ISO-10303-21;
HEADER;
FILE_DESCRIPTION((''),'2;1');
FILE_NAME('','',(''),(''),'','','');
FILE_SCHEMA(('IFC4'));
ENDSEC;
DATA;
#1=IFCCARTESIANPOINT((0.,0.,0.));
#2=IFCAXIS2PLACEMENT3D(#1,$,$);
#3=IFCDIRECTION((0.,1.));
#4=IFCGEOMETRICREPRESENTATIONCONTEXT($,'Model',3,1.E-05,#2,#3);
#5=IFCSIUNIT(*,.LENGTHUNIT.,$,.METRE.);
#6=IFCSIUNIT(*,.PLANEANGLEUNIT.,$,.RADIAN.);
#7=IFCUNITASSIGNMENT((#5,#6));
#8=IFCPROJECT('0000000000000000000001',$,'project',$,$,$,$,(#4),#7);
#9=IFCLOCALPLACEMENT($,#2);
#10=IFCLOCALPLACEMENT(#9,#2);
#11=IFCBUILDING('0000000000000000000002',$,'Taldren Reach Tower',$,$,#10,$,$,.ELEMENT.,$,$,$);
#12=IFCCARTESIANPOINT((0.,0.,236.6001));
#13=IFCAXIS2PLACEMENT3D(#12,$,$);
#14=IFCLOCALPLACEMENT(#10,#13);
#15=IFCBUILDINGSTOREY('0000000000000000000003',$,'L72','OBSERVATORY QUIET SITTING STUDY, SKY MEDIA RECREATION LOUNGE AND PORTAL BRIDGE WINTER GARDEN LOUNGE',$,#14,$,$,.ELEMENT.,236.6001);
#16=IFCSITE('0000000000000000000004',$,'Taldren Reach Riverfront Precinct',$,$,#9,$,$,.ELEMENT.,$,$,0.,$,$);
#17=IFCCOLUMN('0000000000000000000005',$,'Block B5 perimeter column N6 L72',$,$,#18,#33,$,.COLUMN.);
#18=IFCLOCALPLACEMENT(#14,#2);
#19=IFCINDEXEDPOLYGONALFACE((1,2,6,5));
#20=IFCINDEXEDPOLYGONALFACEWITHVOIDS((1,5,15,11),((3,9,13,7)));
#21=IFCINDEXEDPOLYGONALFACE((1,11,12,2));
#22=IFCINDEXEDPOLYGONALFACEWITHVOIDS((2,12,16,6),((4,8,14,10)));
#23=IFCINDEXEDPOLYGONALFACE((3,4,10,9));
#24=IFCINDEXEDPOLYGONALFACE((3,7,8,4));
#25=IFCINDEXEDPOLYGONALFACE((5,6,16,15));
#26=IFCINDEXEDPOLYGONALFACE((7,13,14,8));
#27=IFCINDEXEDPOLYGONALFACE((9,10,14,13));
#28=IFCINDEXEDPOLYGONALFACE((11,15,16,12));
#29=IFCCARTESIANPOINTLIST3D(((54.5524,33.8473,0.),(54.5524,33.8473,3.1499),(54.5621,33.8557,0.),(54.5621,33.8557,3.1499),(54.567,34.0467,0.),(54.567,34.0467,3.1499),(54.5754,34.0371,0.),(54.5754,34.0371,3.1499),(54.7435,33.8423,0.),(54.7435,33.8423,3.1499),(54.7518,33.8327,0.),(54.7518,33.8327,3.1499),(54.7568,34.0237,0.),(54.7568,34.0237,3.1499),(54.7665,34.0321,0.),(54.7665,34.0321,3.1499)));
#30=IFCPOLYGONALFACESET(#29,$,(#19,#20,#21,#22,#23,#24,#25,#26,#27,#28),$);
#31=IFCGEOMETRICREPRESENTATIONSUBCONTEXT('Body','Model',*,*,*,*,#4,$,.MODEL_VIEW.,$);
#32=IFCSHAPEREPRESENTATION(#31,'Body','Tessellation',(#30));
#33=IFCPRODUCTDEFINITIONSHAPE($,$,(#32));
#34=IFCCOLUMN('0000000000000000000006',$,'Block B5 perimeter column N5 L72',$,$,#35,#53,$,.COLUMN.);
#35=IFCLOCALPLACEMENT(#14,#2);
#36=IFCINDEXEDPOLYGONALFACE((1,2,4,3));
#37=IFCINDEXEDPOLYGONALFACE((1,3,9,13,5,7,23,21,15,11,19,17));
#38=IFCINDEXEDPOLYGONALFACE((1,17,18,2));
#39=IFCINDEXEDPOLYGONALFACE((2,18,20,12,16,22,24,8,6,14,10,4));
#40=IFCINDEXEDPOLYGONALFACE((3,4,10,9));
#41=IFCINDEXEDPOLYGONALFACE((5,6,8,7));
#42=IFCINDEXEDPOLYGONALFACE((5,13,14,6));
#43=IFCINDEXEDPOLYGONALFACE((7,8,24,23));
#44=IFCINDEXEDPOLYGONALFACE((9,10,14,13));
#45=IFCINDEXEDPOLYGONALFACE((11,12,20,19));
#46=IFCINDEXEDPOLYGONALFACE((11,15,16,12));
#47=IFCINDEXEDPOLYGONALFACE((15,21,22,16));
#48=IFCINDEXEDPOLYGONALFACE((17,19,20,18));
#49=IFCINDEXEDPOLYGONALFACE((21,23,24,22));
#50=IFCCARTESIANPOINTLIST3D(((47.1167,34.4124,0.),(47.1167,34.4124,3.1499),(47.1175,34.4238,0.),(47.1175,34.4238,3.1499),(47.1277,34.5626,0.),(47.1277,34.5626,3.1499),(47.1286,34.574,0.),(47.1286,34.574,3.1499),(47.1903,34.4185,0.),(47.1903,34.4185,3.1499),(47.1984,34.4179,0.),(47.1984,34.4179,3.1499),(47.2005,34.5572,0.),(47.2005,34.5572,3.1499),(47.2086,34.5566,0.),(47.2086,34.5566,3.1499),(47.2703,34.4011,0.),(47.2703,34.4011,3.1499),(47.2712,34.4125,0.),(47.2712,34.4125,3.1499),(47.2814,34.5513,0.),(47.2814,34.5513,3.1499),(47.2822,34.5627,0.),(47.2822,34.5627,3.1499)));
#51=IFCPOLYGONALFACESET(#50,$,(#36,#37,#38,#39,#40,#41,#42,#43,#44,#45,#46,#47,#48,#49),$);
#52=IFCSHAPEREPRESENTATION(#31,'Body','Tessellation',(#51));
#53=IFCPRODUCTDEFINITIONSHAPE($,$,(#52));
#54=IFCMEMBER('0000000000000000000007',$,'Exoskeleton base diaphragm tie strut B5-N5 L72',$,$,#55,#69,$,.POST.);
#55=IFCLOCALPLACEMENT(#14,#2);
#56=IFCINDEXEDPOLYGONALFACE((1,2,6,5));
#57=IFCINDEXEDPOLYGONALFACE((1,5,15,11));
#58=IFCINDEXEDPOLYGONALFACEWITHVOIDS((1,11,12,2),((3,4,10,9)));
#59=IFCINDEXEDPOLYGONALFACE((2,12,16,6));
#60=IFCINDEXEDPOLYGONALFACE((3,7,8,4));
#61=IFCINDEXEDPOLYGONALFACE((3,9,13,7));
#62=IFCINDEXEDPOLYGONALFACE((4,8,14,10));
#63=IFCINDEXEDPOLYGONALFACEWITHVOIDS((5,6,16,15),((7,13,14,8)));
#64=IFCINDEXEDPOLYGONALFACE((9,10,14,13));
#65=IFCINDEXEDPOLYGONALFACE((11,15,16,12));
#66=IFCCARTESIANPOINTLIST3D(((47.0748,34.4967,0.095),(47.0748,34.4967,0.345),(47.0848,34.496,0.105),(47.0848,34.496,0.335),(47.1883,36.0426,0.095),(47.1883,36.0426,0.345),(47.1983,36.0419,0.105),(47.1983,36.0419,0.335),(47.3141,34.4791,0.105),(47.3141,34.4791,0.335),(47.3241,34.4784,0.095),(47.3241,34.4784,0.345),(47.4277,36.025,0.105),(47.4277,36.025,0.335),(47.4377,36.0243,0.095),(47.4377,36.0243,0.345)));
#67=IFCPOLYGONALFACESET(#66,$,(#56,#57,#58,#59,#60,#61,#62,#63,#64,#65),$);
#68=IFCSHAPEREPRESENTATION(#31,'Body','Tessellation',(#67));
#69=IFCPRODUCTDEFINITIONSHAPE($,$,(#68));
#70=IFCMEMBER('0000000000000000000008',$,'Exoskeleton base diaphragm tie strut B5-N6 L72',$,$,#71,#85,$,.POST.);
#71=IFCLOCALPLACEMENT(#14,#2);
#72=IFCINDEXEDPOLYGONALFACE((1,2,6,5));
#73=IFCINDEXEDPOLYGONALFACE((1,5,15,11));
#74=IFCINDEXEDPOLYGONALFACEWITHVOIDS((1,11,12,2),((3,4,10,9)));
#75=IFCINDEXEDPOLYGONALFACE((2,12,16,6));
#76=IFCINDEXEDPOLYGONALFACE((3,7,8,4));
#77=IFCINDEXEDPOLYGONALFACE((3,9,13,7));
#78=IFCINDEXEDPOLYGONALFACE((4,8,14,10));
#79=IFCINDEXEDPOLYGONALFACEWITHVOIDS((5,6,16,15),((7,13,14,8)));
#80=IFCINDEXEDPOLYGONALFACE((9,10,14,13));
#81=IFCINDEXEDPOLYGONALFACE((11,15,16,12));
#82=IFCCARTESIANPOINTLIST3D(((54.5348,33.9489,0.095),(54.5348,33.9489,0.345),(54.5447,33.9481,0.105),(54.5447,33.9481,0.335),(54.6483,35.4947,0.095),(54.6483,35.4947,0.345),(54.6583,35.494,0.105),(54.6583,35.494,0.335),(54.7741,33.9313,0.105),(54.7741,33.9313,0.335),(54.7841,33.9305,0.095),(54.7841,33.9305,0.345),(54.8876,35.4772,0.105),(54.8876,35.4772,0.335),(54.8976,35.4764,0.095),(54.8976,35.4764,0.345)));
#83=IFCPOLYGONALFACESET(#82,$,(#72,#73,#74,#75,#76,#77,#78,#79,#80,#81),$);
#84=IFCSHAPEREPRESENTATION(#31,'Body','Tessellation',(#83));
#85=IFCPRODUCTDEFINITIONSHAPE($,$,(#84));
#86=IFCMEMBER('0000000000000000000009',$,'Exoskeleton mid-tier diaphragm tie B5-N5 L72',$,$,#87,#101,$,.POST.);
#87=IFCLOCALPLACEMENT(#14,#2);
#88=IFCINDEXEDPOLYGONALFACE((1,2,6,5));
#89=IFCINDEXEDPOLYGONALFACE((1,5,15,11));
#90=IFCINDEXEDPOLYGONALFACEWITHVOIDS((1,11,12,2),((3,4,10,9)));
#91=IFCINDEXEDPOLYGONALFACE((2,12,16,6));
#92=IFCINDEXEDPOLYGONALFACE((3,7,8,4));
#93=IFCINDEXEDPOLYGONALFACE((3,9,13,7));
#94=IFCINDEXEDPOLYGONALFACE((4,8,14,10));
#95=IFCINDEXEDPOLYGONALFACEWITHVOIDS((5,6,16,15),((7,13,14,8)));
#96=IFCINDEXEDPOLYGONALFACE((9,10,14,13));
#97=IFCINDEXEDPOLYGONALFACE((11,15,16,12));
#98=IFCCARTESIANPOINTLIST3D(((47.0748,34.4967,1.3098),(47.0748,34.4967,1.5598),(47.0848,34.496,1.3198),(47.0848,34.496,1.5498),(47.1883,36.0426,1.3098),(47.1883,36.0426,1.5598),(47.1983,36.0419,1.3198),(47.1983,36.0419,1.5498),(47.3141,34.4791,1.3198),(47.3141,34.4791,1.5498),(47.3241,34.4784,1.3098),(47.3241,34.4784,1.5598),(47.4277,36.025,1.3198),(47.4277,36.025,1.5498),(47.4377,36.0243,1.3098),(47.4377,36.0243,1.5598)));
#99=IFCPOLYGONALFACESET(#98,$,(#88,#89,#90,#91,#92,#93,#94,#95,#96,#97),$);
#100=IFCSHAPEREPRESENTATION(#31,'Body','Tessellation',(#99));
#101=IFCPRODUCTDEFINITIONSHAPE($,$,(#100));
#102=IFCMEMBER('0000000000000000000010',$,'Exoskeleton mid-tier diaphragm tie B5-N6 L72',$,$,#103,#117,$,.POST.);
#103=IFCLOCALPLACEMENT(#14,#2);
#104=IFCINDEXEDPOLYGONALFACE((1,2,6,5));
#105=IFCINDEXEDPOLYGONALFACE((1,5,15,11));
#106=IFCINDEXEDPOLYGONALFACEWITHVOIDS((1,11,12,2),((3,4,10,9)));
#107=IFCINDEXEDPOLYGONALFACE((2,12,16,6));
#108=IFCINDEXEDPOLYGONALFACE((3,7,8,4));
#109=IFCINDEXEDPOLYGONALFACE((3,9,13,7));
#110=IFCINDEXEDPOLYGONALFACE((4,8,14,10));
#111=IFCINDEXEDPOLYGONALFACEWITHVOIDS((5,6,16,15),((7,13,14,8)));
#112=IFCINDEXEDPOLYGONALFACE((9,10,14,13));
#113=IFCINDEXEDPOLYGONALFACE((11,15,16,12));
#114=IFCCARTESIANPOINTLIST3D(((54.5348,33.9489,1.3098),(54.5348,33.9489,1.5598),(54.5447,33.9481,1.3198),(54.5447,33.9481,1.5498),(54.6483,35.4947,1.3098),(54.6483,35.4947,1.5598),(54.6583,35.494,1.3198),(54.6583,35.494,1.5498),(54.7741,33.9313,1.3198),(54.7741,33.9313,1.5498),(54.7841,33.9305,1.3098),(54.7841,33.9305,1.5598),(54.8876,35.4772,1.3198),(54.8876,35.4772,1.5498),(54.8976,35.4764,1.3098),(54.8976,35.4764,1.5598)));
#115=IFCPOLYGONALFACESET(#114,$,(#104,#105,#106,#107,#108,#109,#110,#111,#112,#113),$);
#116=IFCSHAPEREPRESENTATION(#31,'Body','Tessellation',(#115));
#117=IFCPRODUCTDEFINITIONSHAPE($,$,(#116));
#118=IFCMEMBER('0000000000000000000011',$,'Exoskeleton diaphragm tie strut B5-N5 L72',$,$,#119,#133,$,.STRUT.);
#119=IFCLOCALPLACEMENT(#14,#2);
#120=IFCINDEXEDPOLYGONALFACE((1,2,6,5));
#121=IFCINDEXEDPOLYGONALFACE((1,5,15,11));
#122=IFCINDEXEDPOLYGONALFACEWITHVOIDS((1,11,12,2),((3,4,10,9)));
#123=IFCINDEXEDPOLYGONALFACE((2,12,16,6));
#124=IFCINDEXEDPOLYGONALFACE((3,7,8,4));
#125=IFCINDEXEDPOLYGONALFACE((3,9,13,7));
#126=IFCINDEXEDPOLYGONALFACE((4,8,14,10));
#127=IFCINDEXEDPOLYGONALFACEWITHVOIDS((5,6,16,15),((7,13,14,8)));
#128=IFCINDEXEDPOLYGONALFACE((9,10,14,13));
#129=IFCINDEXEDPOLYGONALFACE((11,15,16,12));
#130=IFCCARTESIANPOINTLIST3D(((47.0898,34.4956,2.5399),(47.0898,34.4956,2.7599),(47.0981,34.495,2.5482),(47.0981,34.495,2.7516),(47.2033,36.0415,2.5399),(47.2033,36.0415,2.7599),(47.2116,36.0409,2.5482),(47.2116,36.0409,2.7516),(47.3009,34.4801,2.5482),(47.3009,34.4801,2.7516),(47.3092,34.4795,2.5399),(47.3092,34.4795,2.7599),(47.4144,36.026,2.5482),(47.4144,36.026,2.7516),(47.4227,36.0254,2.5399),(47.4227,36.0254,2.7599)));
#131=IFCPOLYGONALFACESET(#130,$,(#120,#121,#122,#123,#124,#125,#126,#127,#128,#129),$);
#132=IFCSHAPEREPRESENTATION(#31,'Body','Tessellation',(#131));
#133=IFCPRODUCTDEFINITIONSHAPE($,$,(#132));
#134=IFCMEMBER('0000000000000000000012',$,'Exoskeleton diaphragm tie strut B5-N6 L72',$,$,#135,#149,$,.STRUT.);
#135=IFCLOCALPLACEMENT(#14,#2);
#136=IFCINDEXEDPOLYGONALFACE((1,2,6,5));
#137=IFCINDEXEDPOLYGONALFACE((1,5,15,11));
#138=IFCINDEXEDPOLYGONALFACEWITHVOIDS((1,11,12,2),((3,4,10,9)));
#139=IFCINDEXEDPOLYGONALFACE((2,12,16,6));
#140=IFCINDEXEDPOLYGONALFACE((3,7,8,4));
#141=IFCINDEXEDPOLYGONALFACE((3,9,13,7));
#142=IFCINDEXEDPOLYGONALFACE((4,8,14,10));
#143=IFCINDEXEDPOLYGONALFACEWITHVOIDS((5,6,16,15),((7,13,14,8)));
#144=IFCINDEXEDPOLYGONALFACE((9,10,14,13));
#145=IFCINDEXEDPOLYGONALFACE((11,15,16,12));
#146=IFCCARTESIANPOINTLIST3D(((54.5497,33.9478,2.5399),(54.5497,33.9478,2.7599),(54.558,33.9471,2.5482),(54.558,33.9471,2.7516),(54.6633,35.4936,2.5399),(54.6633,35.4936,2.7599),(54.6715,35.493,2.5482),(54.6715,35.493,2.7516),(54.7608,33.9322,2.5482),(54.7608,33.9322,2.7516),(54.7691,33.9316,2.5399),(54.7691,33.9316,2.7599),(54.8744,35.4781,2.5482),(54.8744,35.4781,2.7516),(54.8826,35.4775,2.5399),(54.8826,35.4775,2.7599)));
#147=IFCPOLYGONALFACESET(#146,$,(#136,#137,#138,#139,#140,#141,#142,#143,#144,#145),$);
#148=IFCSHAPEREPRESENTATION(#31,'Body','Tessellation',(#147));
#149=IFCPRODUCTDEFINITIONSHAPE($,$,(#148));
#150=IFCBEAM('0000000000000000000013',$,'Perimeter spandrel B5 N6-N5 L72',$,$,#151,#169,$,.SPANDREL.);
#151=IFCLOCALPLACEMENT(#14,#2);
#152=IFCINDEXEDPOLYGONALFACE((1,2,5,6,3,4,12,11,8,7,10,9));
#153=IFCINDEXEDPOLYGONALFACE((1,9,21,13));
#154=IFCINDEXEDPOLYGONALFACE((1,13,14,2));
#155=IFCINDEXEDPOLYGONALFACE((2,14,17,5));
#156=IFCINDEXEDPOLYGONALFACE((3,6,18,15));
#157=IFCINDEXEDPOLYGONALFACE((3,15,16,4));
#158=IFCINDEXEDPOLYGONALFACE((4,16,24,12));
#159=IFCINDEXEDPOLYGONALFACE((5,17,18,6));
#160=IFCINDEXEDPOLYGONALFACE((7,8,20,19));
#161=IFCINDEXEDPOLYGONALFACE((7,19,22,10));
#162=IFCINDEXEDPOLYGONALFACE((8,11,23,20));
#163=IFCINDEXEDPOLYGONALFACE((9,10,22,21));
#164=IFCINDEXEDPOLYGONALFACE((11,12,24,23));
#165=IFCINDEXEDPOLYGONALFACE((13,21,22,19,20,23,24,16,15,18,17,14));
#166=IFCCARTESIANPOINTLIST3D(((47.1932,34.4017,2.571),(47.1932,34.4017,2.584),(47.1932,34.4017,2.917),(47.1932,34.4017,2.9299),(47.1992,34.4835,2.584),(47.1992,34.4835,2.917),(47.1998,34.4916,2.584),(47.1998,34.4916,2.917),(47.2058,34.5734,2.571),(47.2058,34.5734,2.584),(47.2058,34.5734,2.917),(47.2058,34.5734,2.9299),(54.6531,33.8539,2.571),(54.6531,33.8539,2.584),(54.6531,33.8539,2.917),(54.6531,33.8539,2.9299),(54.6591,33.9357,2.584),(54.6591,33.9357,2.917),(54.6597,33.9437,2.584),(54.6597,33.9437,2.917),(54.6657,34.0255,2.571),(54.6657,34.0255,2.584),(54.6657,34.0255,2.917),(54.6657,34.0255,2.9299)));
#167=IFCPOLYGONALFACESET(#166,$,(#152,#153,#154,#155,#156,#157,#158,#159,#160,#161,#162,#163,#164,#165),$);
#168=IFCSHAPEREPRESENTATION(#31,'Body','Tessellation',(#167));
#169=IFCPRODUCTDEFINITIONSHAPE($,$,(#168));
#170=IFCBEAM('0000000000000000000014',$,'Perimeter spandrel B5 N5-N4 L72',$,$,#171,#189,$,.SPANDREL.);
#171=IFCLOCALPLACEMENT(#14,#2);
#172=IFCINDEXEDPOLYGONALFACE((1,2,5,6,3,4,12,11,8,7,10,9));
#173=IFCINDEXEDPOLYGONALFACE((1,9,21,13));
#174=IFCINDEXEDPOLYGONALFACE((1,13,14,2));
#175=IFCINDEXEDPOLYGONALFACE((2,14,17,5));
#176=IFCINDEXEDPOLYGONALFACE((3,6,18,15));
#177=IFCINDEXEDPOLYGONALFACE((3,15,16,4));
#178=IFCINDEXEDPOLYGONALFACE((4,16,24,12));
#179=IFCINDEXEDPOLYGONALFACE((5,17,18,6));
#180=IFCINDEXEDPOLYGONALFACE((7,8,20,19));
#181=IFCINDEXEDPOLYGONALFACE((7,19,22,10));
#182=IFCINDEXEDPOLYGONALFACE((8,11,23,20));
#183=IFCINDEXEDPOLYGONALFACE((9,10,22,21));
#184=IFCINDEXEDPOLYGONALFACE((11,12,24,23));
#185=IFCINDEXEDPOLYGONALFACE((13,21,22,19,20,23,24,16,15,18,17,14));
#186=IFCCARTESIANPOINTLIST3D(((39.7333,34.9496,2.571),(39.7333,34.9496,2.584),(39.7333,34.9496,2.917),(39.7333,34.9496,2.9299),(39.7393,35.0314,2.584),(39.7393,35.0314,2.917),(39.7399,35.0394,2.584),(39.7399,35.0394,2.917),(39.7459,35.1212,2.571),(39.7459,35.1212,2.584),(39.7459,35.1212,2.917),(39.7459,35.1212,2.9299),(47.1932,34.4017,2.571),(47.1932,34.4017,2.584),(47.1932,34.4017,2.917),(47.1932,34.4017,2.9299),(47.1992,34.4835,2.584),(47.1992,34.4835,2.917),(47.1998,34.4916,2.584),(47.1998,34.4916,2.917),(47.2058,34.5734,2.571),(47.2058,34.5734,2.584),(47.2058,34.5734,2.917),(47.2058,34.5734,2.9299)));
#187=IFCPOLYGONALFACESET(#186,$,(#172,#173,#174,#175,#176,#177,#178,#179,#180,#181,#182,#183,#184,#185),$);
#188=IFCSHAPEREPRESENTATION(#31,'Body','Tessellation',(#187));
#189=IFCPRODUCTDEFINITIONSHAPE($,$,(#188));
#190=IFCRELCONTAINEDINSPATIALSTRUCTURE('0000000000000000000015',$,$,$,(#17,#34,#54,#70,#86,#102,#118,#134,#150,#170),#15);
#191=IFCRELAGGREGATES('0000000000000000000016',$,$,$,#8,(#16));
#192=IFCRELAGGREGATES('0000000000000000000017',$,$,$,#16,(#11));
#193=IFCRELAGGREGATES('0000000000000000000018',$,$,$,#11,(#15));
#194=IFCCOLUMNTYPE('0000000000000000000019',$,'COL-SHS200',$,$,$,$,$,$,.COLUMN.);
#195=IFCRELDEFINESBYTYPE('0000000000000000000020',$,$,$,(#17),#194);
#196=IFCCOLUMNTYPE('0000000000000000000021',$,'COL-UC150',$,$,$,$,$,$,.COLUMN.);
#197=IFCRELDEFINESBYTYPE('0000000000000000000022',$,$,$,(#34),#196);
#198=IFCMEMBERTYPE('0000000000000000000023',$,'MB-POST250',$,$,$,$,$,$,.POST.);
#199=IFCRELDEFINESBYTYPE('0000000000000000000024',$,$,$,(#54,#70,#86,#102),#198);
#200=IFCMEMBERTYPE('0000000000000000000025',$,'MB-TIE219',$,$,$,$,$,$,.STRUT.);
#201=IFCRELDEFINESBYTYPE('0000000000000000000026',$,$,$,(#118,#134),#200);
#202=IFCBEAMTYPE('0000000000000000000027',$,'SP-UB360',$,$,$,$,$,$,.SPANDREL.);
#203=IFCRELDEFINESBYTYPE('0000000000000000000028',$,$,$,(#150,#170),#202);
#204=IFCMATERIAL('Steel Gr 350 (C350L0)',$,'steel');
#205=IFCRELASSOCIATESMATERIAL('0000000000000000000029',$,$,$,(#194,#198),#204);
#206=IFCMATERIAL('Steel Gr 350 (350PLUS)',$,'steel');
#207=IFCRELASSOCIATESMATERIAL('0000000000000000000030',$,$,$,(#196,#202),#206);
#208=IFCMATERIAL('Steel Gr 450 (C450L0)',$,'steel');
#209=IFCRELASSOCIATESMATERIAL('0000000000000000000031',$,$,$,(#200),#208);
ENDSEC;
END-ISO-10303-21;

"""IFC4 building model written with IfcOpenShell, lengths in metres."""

from ifc_helpers import new_model, si_unit, direction, frame, origin, origin_2d, place, context, subcontext, project, spatial, hollow_rectangle, i_section, extrude, source, transform, mapped, material, material_profile, profile_set, type_object, element, save


model = new_model("IFC4")

# Units and contexts
model_context = context("Model", 3, precision=1e-05, world=origin(), true_north=direction((0.0, 1.0)))
body_context = subcontext(model_context, "Body", "Model", "MODEL_VIEW")
ifc_project = project(units=[si_unit("LENGTHUNIT", "METRE"), si_unit("PLANEANGLEUNIT", "RADIAN")], contexts=[model_context])

# Site, building, storey
site_placement = place(None, origin())
site = spatial("IfcSite", under=ifc_project, at=site_placement, Name="Taldren Reach Riverfront Precinct", CompositionType="ELEMENT", RefElevation=0.0)
building_placement = place(site_placement, origin())
building = spatial("IfcBuilding", under=site, at=building_placement, Name="Taldren Reach Tower", CompositionType="ELEMENT")
storey_placement = place(building_placement, frame((0.0, 0.0, 236.6001)))
storey = spatial("IfcBuildingStorey", under=building, at=storey_placement, Name="L72", Description="OBSERVATORY QUIET SITTING STUDY, SKY MEDIA RECREATION LOUNGE AND PORTAL BRIDGE WINTER GARDEN LOUNGE", CompositionType="ELEMENT", Elevation=236.6001)

# Columns
ifc_material_1 = material(Name="Steel Gr 350 (C350L0)", Category="steel")
ifc_material_profile_1 = material_profile(ifc_material_1, hollow_rectangle(XDim=0.2, YDim=0.2, WallThickness=0.009, at=origin_2d()), Name="200x200x9.0SHS")
ifc_profile_set_1 = profile_set([ifc_material_profile_1], Name="Steel Gr 350 (C350L0)")
column_type_1 = type_object("IfcColumnType", Name="COL-SHS200", PredefinedType="COLUMN", material=ifc_profile_set_1)
shared_shape_1 = source(origin(), body_context, "Body", "SweptSolid", [
    extrude(hollow_rectangle(XDim=0.2, YDim=0.2, WallThickness=0.009, at=origin_2d()), origin(), (0.0, 0.0, 1.0), 3.1499),
])
column_1_placement = place(storey_placement, frame((54.6594, 33.9397, 0.0), z_axis=(0.0, 0.0, 1.0), x_axis=(0.997314, -0.073238, 0.0)))
element("IfcColumn", 1, at=column_1_placement, inside=storey, type_object=column_type_1, Name="Block B5 perimeter column N6 L72", PredefinedType="COLUMN", context=body_context, shape_type="MappedRepresentation", body=[
    mapped(shared_shape_1, transform((0.0, 0.0, 0.0), scale=1.0)),
])
ifc_material_2 = material(Name="Steel Gr 350 (350PLUS)", Category="steel")
ifc_material_profile_2 = material_profile(ifc_material_2, i_section(OverallWidth=0.1541, OverallDepth=0.1621, WebThickness=0.0081, FlangeThickness=0.0115, at=origin_2d()), Name="150UC37.2")
ifc_profile_set_2 = profile_set([ifc_material_profile_2], Name="Steel Gr 350 (350PLUS)")
column_type_2 = type_object("IfcColumnType", Name="COL-UC150", PredefinedType="COLUMN", material=ifc_profile_set_2)
shared_shape_2 = source(origin(), body_context, "Body", "SweptSolid", [
    extrude(i_section(OverallWidth=0.1541, OverallDepth=0.1621, WebThickness=0.0081, FlangeThickness=0.0115, at=origin_2d()), origin(), (0.0, 0.0, 1.0), 3.1499),
])
column_2_placement = place(storey_placement, frame((47.1995, 34.4875, 0.0), z_axis=(0.0, 0.0, 1.0), x_axis=(0.997314, -0.073238, 0.0)))
element("IfcColumn", 2, at=column_2_placement, inside=storey, type_object=column_type_2, Name="Block B5 perimeter column N5 L72", PredefinedType="COLUMN", context=body_context, shape_type="MappedRepresentation", body=[
    mapped(shared_shape_2, transform((0.0, 0.0, 0.0), scale=1.0)),
])

# Members
ifc_material_profile_3 = material_profile(ifc_material_1, hollow_rectangle(XDim=0.25, YDim=0.25, WallThickness=0.01, at=origin_2d()), Name="250x250x10.0SHS")
ifc_profile_set_3 = profile_set([ifc_material_profile_3], Name="Steel Gr 350 (C350L0)")
member_type_1 = type_object("IfcMemberType", Name="MB-POST250", PredefinedType="POST", material=ifc_profile_set_3)
shared_shape_3 = source(origin(), body_context, "Body", "SweptSolid", [
    extrude(hollow_rectangle(XDim=0.25, YDim=0.25, WallThickness=0.01, at=origin_2d()), origin(), (0.0, 0.0, 1.0), 1.55),
])
for number, where, z_axis, x_axis, name in (
    (3, (47.1995, 34.4875, 0.22), (0.073239, 0.997314, 0.0), (-0.997314, 0.073239, 0.0), "Exoskeleton base diaphragm tie strut B5-N5 L72"),
    (4, (54.6594, 33.9397, 0.22), (0.073239, 0.997314, 0.0), (-0.997314, 0.073239, 0.0), "Exoskeleton base diaphragm tie strut B5-N6 L72"),
    (5, (47.1995, 34.4875, 1.4348), (0.073239, 0.997314, 0.0), (-0.997314, 0.073239, 0.0), "Exoskeleton mid-tier diaphragm tie B5-N5 L72"),
    (6, (54.6594, 33.9397, 1.4348), (0.073239, 0.997314, 0.0), (-0.997314, 0.073239, 0.0), "Exoskeleton mid-tier diaphragm tie B5-N6 L72"),
):
    element("IfcMember", number, at=place(storey_placement, frame(where, z_axis=z_axis, x_axis=x_axis)), inside=storey, type_object=member_type_1, Name=name, PredefinedType="POST", context=body_context, shape_type="MappedRepresentation", body=[
        mapped(shared_shape_3, transform((0.0, 0.0, 0.0), scale=1.0)),
    ])
ifc_material_3 = material(Name="Steel Gr 450 (C450L0)", Category="steel")
ifc_material_profile_4 = material_profile(ifc_material_3, hollow_rectangle(XDim=0.22, YDim=0.22, WallThickness=0.0083, at=origin_2d()), Name="220x220x8.2SHS")
ifc_profile_set_4 = profile_set([ifc_material_profile_4], Name="Steel Gr 450 (C450L0)")
member_type_2 = type_object("IfcMemberType", Name="MB-TIE219", PredefinedType="STRUT", material=ifc_profile_set_4)
shared_shape_4 = source(origin(), body_context, "Body", "SweptSolid", [
    extrude(hollow_rectangle(XDim=0.22, YDim=0.22, WallThickness=0.0083, at=origin_2d()), origin(), (0.0, 0.0, 1.0), 1.55),
])
for number, where, z_axis, x_axis, name in (
    (7, (47.1995, 34.4875, 2.6499), (0.073239, 0.997314, 0.0), (-0.997314, 0.073239, 0.0), "Exoskeleton diaphragm tie strut B5-N5 L72"),
    (8, (54.6594, 33.9397, 2.6499), (0.073239, 0.997314, 0.0), (-0.997314, 0.073239, 0.0), "Exoskeleton diaphragm tie strut B5-N6 L72"),
):
    element("IfcMember", number, at=place(storey_placement, frame(where, z_axis=z_axis, x_axis=x_axis)), inside=storey, type_object=member_type_2, Name=name, PredefinedType="STRUT", context=body_context, shape_type="MappedRepresentation", body=[
        mapped(shared_shape_4, transform((0.0, 0.0, 0.0), scale=1.0)),
    ])

# Beams
ifc_material_profile_5 = material_profile(ifc_material_2, i_section(OverallWidth=0.1721, OverallDepth=0.3589, WebThickness=0.0081, FlangeThickness=0.0129, at=origin_2d()), Name="360UB56.7")
ifc_profile_set_5 = profile_set([ifc_material_profile_5], Name="Steel Gr 350 (350PLUS)")
beam_type_1 = type_object("IfcBeamType", Name="SP-UB360", PredefinedType="SPANDREL", material=ifc_profile_set_5)
shared_shape_5 = source(origin(), body_context, "Body", "SweptSolid", [
    extrude(i_section(OverallWidth=0.1721, OverallDepth=0.3589, WebThickness=0.0081, FlangeThickness=0.0129, at=origin_2d()), origin(), (0.0, 0.0, 1.0), 7.48),
])
for number, where, z_axis, x_axis, name in (
    (9, (54.6594, 33.9397, 2.7505), (-0.997314, 0.073242, 0.0), (-0.073242, -0.997314, 0.0), "Perimeter spandrel B5 N6-N5 L72"),
    (10, (47.1995, 34.4875, 2.7505), (-0.997314, 0.073242, 0.0), (-0.073242, -0.997314, 0.0), "Perimeter spandrel B5 N5-N4 L72"),
):
    element("IfcBeam", number, at=place(storey_placement, frame(where, z_axis=z_axis, x_axis=x_axis)), inside=storey, type_object=beam_type_1, Name=name, PredefinedType="SPANDREL", context=body_context, shape_type="MappedRepresentation", body=[
        mapped(shared_shape_5, transform((0.0, 0.0, 0.0), scale=1.0)),
    ])

save(model, "model.ifc")
